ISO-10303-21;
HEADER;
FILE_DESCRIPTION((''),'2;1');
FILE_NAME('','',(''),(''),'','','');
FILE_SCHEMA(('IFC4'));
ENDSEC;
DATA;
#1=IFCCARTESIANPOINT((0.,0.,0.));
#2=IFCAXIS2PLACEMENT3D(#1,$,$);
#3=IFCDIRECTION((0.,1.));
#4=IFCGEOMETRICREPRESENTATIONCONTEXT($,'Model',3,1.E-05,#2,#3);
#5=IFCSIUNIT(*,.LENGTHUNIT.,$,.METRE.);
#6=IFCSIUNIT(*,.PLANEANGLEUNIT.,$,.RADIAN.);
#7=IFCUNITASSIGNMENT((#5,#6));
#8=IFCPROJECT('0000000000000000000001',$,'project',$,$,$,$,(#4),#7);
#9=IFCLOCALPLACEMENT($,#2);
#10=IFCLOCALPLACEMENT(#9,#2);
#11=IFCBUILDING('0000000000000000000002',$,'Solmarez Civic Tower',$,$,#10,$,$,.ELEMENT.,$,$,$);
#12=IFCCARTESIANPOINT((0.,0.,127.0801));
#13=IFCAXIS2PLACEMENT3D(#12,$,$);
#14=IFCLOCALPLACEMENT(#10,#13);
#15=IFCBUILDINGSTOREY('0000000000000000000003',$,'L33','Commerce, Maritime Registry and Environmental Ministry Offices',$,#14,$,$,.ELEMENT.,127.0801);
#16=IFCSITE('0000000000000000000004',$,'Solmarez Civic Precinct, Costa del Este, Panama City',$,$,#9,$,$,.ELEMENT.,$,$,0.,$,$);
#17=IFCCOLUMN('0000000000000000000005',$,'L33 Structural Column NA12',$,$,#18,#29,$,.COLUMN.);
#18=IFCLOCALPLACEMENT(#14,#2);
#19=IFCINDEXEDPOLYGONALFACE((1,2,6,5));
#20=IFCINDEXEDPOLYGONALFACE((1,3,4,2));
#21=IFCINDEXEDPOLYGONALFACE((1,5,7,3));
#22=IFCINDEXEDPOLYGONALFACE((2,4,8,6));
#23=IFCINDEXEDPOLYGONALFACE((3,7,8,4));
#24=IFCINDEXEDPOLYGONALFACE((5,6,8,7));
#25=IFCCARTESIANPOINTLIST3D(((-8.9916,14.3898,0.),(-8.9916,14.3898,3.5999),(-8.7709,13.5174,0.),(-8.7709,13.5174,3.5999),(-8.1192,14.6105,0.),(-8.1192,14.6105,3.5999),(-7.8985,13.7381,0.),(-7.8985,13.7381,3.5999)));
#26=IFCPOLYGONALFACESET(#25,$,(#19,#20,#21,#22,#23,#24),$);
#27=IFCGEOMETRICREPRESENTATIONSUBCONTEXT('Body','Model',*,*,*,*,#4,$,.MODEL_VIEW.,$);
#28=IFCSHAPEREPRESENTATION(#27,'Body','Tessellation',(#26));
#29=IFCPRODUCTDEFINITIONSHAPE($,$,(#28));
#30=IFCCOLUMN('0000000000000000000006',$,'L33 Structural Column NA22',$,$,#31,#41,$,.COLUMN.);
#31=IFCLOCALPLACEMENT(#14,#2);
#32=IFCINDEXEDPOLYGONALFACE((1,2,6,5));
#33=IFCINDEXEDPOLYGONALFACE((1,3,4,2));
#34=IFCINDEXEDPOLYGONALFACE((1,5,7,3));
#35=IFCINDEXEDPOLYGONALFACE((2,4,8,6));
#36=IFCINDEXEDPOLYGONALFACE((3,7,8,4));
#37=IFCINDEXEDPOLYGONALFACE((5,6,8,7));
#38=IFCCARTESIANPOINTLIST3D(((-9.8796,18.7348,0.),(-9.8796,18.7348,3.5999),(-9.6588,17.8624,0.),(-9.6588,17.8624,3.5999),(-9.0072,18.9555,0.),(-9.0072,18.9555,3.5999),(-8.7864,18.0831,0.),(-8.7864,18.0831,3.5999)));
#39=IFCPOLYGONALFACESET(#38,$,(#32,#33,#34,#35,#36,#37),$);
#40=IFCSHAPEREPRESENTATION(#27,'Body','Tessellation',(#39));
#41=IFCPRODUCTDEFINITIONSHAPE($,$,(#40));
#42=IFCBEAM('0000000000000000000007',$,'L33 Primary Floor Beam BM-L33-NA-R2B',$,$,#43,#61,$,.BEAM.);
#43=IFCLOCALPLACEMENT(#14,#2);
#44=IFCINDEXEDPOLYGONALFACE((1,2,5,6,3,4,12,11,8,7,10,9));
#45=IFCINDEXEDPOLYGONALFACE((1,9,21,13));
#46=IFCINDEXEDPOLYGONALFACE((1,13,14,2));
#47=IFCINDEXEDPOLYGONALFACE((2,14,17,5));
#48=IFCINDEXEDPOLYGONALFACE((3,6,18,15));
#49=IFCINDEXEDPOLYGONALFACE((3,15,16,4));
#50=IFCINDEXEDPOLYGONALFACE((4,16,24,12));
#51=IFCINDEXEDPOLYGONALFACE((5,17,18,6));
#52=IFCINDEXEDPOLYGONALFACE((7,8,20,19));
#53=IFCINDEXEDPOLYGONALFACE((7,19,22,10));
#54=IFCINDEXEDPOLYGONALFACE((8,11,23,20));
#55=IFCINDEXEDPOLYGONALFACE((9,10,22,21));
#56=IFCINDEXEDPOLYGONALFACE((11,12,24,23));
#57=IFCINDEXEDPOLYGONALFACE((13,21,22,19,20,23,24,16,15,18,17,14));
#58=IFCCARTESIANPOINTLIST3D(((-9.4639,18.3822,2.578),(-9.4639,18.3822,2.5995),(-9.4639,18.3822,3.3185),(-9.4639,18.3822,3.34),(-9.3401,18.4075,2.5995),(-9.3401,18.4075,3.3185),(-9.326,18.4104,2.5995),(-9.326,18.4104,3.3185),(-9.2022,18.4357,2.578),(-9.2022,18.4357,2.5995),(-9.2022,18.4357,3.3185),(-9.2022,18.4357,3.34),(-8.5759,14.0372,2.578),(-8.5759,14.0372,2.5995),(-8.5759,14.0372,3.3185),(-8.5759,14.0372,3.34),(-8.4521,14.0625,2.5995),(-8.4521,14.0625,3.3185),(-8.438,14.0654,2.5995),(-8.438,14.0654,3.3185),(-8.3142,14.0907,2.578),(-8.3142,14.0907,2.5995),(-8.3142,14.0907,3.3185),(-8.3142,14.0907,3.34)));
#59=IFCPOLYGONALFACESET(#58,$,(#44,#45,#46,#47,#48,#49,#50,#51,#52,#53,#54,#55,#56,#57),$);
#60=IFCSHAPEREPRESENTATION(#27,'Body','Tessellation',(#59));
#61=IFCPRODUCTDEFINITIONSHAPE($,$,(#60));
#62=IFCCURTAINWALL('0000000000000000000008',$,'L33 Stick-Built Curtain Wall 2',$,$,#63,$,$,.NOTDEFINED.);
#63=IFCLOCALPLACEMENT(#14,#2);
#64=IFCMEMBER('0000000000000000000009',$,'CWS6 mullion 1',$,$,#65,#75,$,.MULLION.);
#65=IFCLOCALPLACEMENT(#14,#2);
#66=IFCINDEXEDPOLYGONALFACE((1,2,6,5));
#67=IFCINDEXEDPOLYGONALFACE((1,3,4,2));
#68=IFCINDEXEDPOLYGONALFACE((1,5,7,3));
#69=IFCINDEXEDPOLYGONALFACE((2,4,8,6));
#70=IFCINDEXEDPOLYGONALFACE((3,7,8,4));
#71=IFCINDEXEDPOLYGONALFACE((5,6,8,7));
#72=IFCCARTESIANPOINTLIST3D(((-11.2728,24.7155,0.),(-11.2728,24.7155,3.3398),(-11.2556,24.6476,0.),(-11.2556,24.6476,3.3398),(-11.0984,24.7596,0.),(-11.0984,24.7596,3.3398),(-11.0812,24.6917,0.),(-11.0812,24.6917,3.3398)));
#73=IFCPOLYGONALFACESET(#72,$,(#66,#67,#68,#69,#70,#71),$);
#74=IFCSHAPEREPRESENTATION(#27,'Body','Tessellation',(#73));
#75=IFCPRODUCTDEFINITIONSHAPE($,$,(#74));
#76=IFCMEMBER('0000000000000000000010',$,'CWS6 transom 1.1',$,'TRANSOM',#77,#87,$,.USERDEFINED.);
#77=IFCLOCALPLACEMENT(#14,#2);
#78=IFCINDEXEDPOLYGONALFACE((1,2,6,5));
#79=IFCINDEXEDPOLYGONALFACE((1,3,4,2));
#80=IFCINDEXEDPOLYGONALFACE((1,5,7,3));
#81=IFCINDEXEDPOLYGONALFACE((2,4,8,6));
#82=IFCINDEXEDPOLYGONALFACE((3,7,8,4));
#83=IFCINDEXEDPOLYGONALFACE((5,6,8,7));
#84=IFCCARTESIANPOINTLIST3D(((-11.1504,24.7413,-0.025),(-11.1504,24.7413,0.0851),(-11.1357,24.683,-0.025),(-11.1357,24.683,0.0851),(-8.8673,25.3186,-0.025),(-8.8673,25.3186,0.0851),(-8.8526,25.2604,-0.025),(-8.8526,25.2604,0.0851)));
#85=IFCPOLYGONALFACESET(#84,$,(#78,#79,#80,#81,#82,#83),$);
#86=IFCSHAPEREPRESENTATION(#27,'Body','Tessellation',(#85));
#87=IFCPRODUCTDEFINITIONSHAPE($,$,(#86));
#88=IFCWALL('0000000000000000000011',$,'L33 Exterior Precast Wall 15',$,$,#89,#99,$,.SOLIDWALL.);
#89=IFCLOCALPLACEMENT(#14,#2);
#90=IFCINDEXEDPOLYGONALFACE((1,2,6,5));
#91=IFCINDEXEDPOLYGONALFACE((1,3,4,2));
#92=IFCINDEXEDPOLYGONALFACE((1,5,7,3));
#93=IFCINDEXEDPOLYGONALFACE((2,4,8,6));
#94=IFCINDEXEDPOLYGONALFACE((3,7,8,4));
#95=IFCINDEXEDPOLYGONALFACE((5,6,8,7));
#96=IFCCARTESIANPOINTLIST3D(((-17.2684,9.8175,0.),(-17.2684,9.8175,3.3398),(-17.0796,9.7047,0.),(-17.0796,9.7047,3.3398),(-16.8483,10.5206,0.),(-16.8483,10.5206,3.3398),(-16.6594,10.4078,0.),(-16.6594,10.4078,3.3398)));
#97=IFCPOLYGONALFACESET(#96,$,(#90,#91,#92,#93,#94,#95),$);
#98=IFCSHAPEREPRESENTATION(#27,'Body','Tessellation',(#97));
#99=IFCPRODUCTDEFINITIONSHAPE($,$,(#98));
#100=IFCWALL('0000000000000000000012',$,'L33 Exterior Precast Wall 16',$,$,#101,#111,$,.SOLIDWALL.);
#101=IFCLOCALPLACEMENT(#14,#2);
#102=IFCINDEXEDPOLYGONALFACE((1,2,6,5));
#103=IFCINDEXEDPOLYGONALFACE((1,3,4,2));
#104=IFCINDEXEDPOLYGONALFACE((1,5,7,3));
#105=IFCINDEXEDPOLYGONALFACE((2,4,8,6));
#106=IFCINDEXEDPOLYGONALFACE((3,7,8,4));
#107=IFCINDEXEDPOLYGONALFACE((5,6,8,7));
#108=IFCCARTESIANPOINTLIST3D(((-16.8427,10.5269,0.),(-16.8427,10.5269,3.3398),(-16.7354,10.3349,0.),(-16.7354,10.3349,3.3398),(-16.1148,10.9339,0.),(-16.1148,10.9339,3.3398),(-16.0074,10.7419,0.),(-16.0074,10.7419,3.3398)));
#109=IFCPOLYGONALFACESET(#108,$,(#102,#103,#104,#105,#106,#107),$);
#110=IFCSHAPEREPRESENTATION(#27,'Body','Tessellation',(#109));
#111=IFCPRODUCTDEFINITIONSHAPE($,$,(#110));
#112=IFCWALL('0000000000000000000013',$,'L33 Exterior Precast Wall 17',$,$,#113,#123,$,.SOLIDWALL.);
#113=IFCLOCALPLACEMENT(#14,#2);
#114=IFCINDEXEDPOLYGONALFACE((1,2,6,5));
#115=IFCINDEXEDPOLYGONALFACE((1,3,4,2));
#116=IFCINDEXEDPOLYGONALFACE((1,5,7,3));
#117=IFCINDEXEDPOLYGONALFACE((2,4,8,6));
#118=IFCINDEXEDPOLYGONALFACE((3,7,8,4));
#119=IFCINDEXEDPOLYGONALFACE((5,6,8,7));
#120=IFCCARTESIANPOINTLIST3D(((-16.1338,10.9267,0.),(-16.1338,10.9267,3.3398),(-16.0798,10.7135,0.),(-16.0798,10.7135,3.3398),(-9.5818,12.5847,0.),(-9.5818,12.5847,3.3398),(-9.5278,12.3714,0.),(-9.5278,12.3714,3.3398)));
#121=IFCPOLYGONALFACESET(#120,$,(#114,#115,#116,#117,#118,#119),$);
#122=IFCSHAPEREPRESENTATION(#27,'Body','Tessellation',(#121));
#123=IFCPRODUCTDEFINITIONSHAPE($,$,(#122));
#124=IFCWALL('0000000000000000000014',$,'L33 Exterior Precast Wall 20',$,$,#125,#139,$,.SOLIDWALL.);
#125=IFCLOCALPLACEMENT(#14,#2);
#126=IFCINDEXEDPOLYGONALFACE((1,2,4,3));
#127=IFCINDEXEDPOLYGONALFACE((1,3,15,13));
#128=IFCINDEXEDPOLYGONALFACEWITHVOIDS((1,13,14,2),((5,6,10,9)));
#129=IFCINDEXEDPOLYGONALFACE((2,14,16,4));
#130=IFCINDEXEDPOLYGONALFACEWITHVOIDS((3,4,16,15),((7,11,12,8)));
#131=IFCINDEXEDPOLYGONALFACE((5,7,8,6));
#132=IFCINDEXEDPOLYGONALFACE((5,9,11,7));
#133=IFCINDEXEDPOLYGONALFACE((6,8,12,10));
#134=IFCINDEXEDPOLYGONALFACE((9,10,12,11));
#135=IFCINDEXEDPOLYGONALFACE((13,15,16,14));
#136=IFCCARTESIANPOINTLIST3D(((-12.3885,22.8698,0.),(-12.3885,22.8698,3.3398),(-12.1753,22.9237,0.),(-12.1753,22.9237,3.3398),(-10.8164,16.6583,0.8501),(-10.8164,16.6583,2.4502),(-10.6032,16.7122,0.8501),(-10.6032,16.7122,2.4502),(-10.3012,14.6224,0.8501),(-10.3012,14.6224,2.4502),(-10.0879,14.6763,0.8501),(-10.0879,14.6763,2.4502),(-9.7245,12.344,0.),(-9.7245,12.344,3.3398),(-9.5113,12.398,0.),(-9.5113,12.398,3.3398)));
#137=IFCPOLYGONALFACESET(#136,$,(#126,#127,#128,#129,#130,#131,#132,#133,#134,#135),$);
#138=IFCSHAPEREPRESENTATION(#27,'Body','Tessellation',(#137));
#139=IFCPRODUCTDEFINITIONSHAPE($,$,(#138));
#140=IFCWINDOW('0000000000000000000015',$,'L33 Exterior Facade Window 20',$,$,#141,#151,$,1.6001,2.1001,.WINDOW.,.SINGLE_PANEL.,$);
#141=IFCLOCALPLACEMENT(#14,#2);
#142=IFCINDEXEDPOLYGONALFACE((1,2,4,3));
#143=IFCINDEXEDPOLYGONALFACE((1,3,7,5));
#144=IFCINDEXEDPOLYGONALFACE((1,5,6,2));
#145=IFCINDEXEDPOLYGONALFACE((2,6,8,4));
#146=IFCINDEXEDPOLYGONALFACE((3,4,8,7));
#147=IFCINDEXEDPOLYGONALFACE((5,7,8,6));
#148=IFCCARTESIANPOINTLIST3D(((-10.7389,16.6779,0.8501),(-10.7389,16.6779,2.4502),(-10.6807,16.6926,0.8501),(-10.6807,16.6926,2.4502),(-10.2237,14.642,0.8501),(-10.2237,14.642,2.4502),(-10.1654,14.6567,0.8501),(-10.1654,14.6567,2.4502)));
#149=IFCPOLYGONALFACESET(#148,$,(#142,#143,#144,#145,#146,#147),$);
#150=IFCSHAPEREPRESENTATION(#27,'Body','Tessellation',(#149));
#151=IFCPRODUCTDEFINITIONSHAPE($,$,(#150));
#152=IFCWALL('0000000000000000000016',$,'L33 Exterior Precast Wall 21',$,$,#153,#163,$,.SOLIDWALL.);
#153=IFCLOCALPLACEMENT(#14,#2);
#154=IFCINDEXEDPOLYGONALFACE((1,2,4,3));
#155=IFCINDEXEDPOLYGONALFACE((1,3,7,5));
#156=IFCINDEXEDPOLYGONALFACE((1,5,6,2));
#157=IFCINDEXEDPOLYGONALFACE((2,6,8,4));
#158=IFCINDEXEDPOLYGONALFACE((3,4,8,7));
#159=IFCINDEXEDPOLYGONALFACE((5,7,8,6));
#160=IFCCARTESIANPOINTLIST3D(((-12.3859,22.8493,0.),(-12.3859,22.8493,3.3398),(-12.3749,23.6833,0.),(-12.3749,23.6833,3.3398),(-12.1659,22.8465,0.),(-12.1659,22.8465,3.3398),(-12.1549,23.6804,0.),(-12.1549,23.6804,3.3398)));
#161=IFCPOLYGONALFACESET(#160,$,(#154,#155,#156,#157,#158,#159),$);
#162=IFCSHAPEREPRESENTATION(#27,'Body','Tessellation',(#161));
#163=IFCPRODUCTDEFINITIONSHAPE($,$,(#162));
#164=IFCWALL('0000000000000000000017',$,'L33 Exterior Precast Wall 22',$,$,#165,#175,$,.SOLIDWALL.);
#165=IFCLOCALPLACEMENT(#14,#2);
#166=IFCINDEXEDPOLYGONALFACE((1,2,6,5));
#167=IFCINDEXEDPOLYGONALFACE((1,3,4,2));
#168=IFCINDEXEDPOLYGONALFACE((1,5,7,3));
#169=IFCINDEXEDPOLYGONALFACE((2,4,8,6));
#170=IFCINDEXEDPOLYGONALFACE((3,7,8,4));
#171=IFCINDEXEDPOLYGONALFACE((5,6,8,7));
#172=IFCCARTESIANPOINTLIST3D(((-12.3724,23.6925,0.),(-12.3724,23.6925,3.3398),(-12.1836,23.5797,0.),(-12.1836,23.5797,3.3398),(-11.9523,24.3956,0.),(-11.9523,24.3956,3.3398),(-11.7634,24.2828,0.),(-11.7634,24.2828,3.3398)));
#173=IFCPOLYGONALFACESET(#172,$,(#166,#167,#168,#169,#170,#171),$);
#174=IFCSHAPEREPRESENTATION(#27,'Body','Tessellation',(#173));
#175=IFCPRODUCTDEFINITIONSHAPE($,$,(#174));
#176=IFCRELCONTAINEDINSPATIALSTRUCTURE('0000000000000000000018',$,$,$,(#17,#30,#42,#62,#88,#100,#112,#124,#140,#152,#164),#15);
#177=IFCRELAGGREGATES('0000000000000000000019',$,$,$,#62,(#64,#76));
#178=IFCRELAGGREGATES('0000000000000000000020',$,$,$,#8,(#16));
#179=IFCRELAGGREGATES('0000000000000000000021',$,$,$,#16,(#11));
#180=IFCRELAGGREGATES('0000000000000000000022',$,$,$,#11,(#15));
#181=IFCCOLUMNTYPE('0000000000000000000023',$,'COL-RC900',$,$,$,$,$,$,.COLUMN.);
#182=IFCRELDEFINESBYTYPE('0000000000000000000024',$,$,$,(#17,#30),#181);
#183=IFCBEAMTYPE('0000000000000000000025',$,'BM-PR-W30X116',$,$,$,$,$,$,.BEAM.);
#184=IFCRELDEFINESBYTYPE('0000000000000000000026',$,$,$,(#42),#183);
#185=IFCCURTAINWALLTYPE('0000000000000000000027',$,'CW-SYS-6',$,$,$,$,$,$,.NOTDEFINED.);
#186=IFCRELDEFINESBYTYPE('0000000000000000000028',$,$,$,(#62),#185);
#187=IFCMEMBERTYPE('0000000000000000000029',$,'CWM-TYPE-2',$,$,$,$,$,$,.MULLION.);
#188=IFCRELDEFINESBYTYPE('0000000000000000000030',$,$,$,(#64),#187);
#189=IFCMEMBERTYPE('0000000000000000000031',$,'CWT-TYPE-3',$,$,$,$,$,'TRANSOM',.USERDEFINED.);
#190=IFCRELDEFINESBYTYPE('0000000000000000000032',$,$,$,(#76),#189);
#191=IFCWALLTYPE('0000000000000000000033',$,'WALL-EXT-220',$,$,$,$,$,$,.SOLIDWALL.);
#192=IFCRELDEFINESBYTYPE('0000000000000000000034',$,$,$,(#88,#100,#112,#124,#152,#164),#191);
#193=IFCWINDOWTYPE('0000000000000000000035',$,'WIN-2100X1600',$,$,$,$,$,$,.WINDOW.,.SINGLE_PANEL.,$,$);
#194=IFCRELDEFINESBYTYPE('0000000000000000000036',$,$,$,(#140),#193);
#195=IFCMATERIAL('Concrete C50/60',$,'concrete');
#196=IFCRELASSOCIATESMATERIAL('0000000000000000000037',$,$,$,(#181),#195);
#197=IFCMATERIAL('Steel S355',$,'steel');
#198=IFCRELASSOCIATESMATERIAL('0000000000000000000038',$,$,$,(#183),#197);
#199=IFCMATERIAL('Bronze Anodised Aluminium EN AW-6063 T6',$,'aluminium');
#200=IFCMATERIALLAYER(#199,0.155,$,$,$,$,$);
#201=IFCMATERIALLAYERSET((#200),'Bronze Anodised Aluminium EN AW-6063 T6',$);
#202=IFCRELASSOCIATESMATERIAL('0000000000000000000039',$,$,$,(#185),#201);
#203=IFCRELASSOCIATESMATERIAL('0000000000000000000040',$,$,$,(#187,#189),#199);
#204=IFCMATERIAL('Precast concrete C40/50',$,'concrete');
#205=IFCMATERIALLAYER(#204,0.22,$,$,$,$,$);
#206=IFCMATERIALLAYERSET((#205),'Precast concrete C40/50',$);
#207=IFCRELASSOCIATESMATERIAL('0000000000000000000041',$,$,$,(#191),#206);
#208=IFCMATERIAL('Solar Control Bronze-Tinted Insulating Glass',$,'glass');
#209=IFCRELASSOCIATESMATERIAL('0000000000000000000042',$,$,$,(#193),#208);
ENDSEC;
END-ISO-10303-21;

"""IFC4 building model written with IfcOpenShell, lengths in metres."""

from ifc_helpers import new_model, si_unit, direction, frame, frame_2d, origin, origin_2d, place, context, subcontext, project, spatial, rectangle, i_section, extrude, material, layer, layer_set, material_profile, profile_set, type_object, element, fill, aggregate, save


model = new_model("IFC4")

# Units and contexts
model_context = context("Model", 3, precision=1e-05, world=origin(), true_north=direction((0.0, 1.0)))
body_context = subcontext(model_context, "Body", "Model", "MODEL_VIEW")
ifc_project = project(units=[si_unit("LENGTHUNIT", "METRE"), si_unit("PLANEANGLEUNIT", "RADIAN")], contexts=[model_context])

# Site, building, storey
site_placement = place(None, origin())
site = spatial("IfcSite", under=ifc_project, at=site_placement, Name="Solmarez Civic Precinct, Costa del Este, Panama City", CompositionType="ELEMENT", RefElevation=0.0)
building_placement = place(site_placement, origin())
building = spatial("IfcBuilding", under=site, at=building_placement, Name="Solmarez Civic Tower", CompositionType="ELEMENT")
storey_placement = place(building_placement, frame((0.0, 0.0, 127.0801)))
storey = spatial("IfcBuildingStorey", under=building, at=storey_placement, Name="L33", Description="Commerce, Maritime Registry and Environmental Ministry Offices", CompositionType="ELEMENT", Elevation=127.0801)

# Columns
ifc_material_1 = material(Name="Concrete C50/60", Category="concrete")
ifc_material_profile_1 = material_profile(ifc_material_1, rectangle(XDim=0.8999, YDim=0.8999, at=origin_2d()), Name="RC900X900")
ifc_profile_set_1 = profile_set([ifc_material_profile_1], Name="Concrete C50/60")
column_type = type_object("IfcColumnType", Name="COL-RC900", PredefinedType="COLUMN", material=ifc_profile_set_1)
for number, where, z_axis, x_axis, name in (
    (1, (-8.4451, 14.064, 0.0), (0.0, 0.0, 1.0), (0.969445, 0.245307, 0.0), "L33 Structural Column NA12"),
    (2, (-9.333, 18.4089, 0.0), (0.0, 0.0, 1.0), (0.969445, 0.245307, 0.0), "L33 Structural Column NA22"),
):
    element("IfcColumn", number, at=place(storey_placement, frame(where, z_axis=z_axis, x_axis=x_axis)), inside=storey, type_object=column_type, Name=name, PredefinedType="COLUMN", context=body_context, shape_type="SweptSolid", body=[
        extrude(rectangle(XDim=0.8999, YDim=0.8999, at=origin_2d()), origin(), (0.0, 0.0, 1.0), 3.5999),
    ])

# Beam
ifc_material_2 = material(Name="Steel S355", Category="steel")
ifc_material_profile_2 = material_profile(ifc_material_2, i_section(OverallWidth=0.2671, OverallDepth=0.762, WebThickness=0.0144, FlangeThickness=0.0215, at=origin_2d()), Name="W30X116")
ifc_profile_set_2 = profile_set([ifc_material_profile_2], Name="Steel S355")
beam_type = type_object("IfcBeamType", Name="BM-PR-W30X116", PredefinedType="BEAM", material=ifc_profile_set_2)
beam_placement = place(storey_placement, frame((-8.4451, 14.064, 2.959), z_axis=(-0.200222, 0.979751, 0.0), x_axis=(-0.979751, -0.200222, 0.0)))
element("IfcBeam", 3, at=beam_placement, inside=storey, type_object=beam_type, Name="L33 Primary Floor Beam BM-L33-NA-R2B", PredefinedType="BEAM", context=body_context, shape_type="SweptSolid", body=[
    extrude(i_section(OverallWidth=0.2671, OverallDepth=0.762, WebThickness=0.0144, FlangeThickness=0.0215, at=origin_2d()), origin(), (0.0, 0.0, 1.0), 4.4348),
])

# Curtain wall, members
ifc_material_3 = material(Name="Bronze Anodised Aluminium EN AW-6063 T6", Category="aluminium")
ifc_layer_1 = layer(ifc_material_3, 0.155)
ifc_layer_set_1 = layer_set([ifc_layer_1], Name="Bronze Anodised Aluminium EN AW-6063 T6")
curtain_wall_type = type_object("IfcCurtainWallType", Name="CW-SYS-6", PredefinedType="NOTDEFINED", material=ifc_layer_set_1)
curtain_wall_placement = place(storey_placement, origin())
curtain_wall = element("IfcCurtainWall", 4, at=curtain_wall_placement, inside=storey, type_object=curtain_wall_type, Name="L33 Stick-Built Curtain Wall 2", PredefinedType="NOTDEFINED")
ifc_material_profile_3 = material_profile(ifc_material_3, rectangle(XDim=0.0701, YDim=0.1799, at=origin_2d()), Name="CWM-70X180")
ifc_profile_set_3 = profile_set([ifc_material_profile_3], Name="Bronze Anodised Aluminium EN AW-6063 T6")
member_type_1 = type_object("IfcMemberType", Name="CWM-TYPE-2", PredefinedType="MULLION", material=ifc_profile_set_3)
member_1_placement = place(storey_placement, frame((-11.177, 24.7036, 0.0), z_axis=(0.0, 0.0, 1.0), x_axis=(-0.245213, 0.969469, 0.0)))
member_1 = element("IfcMember", 5, at=member_1_placement, type_object=member_type_1, Name="CWS6 mullion 1", PredefinedType="MULLION", context=body_context, shape_type="SweptSolid", body=[
    extrude(rectangle(XDim=0.0701, YDim=0.1799, at=origin_2d()), origin(), (0.0, 0.0, 1.0), 3.3398),
])
ifc_material_profile_4 = material_profile(ifc_material_3, rectangle(XDim=0.0601, YDim=0.1101, at=origin_2d()), Name="CWT-60X110")
ifc_profile_set_4 = profile_set([ifc_material_profile_4], Name="Bronze Anodised Aluminium EN AW-6063 T6")
member_type_2 = type_object("IfcMemberType", Name="CWT-TYPE-3", ElementType="TRANSOM", PredefinedType="USERDEFINED", material=ifc_profile_set_4)
member_2_placement = place(storey_placement, frame((-11.1431, 24.7122, 0.03), z_axis=(0.96948, 0.245169, 0.0), x_axis=(-0.245169, 0.96948, 0.0)))
member_2 = element("IfcMember", 6, at=member_2_placement, type_object=member_type_2, Name="CWS6 transom 1.1", ObjectType="TRANSOM", PredefinedType="USERDEFINED", context=body_context, shape_type="SweptSolid", body=[
    extrude(rectangle(XDim=0.0601, YDim=0.1101, at=origin_2d()), origin(), (0.0, 0.0, 1.0), 2.355),
])
aggregate(curtain_wall, [member_1, member_2])

# Walls
ifc_material_4 = material(Name="Precast concrete C40/50", Category="concrete")
ifc_layer_2 = layer(ifc_material_4, 0.22)
ifc_layer_set_2 = layer_set([ifc_layer_2], Name="Precast concrete C40/50")
wall_type_1 = type_object("IfcWallType", Name="WALL-EXT-220", PredefinedType="SOLIDWALL", material=ifc_layer_set_2)
wall_1_placement = place(storey_placement, frame((-17.1741, 9.761, 0.0), z_axis=(0.0, 0.0, 1.0), x_axis=(0.512961, 0.858412, 0.0)))
element("IfcWall", 7, at=wall_1_placement, inside=storey, type_object=wall_type_1, Name="L33 Exterior Precast Wall 15", PredefinedType="SOLIDWALL", context=body_context, shape_type="SweptSolid", body=[
    extrude(rectangle(XDim=0.8191, YDim=0.22, at=frame_2d((0.4097, 0.0))), origin(), (0.0, 0.0, 1.0), 3.3398),
])
wall_2_placement = place(storey_placement, frame((-16.7891, 10.4309, 0.0), z_axis=(0.0, 0.0, 1.0), x_axis=(0.87287, 0.487953, 0.0)))
element("IfcWall", 8, at=wall_2_placement, inside=storey, type_object=wall_type_1, Name="L33 Exterior Precast Wall 16", PredefinedType="SOLIDWALL", context=body_context, shape_type="SweptSolid", body=[
    extrude(rectangle(XDim=0.834, YDim=0.22, at=frame_2d((0.417, 0.0))), origin(), (0.0, 0.0, 1.0), 3.3398),
])
wall_3_placement = place(storey_placement, frame((-16.1069, 10.8201, 0.0), z_axis=(0.0, 0.0, 1.0), x_axis=(0.969444, 0.245314, 0.0)))
element("IfcWall", 9, at=wall_3_placement, inside=storey, type_object=wall_type_1, Name="L33 Exterior Precast Wall 17", PredefinedType="SOLIDWALL", context=body_context, shape_type="SweptSolid", body=[
    extrude(rectangle(XDim=6.7585, YDim=0.22, at=frame_2d((3.3794, 0.0))), origin(), (0.0, 0.0, 1.0), 3.3398),
])

# Wall, opening, window
wall_4_placement = place(storey_placement, frame((-9.6179, 12.3711, 0.0), z_axis=(0.0, 0.0, 1.0), x_axis=(-0.24536, 0.969432, 0.0)))
wall_4 = element("IfcWall", 10, at=wall_4_placement, inside=storey, type_object=wall_type_1, Name="L33 Exterior Precast Wall 20", PredefinedType="SOLIDWALL", context=body_context, shape_type="SweptSolid", body=[
    extrude(rectangle(XDim=10.8577, YDim=0.22, at=frame_2d((5.4287, 0.0))), origin(), (0.0, 0.0, 1.0), 3.3398),
])
opening_1_placement = place(wall_4_placement, frame((2.3501, 0.0, 0.8501)))
opening_1 = element("IfcOpeningElement", 11, at=opening_1_placement, cuts=wall_4, PredefinedType="OPENING", context=body_context, shape_type="SweptSolid", body=[
    extrude(rectangle(XDim=2.1001, YDim=1.6001, at=frame_2d((1.05, 0.8))), frame((0.0, 0.1199, 0.0), z_axis=(0.0, -1.0, 0.0), x_axis=(1.0, 0.0, 0.0)), (0.0, 0.0, 1.0), 0.24),
])
ifc_material_5 = material(Name="Solar Control Bronze-Tinted Insulating Glass", Category="glass")
window_type = type_object("IfcWindowType", Name="WIN-2100X1600", PartitioningType="SINGLE_PANEL", PredefinedType="WINDOW", material=ifc_material_5)
window_placement = place(opening_1_placement, origin())
window = element("IfcWindow", 12, at=window_placement, inside=storey, type_object=window_type, Name="L33 Exterior Facade Window 20", OverallHeight=1.6001, OverallWidth=2.1001, PartitioningType="SINGLE_PANEL", PredefinedType="WINDOW", context=body_context, shape_type="SweptSolid", body=[
    extrude(rectangle(XDim=2.1001, YDim=1.6001, at=frame_2d((1.05, 0.8))), frame((0.0, 0.03, 0.0), z_axis=(0.0, -1.0, 0.0), x_axis=(1.0, 0.0, 0.0)), (0.0, 0.0, 1.0), 0.0601),
])
fill(opening_1, window)

# Walls
wall_5_placement = place(storey_placement, frame((-12.2759, 22.8479, 0.0), z_axis=(0.0, 0.0, 1.0), x_axis=(0.013172, 0.999913, 0.0)))
element("IfcWall", 13, at=wall_5_placement, inside=storey, type_object=wall_type_1, Name="L33 Exterior Precast Wall 21", PredefinedType="SOLIDWALL", context=body_context, shape_type="SweptSolid", body=[
    extrude(rectangle(XDim=0.834, YDim=0.22, at=frame_2d((0.417, 0.0))), origin(), (0.0, 0.0, 1.0), 3.3398),
])
wall_6_placement = place(storey_placement, frame((-12.2781, 23.636, 0.0), z_axis=(0.0, 0.0, 1.0), x_axis=(0.512961, 0.858412, 0.0)))
element("IfcWall", 14, at=wall_6_placement, inside=storey, type_object=wall_type_1, Name="L33 Exterior Precast Wall 22", PredefinedType="SOLIDWALL", context=body_context, shape_type="SweptSolid", body=[
    extrude(rectangle(XDim=0.8191, YDim=0.22, at=frame_2d((0.4097, 0.0))), origin(), (0.0, 0.0, 1.0), 3.3398),
])

save(model, "model.ifc")
